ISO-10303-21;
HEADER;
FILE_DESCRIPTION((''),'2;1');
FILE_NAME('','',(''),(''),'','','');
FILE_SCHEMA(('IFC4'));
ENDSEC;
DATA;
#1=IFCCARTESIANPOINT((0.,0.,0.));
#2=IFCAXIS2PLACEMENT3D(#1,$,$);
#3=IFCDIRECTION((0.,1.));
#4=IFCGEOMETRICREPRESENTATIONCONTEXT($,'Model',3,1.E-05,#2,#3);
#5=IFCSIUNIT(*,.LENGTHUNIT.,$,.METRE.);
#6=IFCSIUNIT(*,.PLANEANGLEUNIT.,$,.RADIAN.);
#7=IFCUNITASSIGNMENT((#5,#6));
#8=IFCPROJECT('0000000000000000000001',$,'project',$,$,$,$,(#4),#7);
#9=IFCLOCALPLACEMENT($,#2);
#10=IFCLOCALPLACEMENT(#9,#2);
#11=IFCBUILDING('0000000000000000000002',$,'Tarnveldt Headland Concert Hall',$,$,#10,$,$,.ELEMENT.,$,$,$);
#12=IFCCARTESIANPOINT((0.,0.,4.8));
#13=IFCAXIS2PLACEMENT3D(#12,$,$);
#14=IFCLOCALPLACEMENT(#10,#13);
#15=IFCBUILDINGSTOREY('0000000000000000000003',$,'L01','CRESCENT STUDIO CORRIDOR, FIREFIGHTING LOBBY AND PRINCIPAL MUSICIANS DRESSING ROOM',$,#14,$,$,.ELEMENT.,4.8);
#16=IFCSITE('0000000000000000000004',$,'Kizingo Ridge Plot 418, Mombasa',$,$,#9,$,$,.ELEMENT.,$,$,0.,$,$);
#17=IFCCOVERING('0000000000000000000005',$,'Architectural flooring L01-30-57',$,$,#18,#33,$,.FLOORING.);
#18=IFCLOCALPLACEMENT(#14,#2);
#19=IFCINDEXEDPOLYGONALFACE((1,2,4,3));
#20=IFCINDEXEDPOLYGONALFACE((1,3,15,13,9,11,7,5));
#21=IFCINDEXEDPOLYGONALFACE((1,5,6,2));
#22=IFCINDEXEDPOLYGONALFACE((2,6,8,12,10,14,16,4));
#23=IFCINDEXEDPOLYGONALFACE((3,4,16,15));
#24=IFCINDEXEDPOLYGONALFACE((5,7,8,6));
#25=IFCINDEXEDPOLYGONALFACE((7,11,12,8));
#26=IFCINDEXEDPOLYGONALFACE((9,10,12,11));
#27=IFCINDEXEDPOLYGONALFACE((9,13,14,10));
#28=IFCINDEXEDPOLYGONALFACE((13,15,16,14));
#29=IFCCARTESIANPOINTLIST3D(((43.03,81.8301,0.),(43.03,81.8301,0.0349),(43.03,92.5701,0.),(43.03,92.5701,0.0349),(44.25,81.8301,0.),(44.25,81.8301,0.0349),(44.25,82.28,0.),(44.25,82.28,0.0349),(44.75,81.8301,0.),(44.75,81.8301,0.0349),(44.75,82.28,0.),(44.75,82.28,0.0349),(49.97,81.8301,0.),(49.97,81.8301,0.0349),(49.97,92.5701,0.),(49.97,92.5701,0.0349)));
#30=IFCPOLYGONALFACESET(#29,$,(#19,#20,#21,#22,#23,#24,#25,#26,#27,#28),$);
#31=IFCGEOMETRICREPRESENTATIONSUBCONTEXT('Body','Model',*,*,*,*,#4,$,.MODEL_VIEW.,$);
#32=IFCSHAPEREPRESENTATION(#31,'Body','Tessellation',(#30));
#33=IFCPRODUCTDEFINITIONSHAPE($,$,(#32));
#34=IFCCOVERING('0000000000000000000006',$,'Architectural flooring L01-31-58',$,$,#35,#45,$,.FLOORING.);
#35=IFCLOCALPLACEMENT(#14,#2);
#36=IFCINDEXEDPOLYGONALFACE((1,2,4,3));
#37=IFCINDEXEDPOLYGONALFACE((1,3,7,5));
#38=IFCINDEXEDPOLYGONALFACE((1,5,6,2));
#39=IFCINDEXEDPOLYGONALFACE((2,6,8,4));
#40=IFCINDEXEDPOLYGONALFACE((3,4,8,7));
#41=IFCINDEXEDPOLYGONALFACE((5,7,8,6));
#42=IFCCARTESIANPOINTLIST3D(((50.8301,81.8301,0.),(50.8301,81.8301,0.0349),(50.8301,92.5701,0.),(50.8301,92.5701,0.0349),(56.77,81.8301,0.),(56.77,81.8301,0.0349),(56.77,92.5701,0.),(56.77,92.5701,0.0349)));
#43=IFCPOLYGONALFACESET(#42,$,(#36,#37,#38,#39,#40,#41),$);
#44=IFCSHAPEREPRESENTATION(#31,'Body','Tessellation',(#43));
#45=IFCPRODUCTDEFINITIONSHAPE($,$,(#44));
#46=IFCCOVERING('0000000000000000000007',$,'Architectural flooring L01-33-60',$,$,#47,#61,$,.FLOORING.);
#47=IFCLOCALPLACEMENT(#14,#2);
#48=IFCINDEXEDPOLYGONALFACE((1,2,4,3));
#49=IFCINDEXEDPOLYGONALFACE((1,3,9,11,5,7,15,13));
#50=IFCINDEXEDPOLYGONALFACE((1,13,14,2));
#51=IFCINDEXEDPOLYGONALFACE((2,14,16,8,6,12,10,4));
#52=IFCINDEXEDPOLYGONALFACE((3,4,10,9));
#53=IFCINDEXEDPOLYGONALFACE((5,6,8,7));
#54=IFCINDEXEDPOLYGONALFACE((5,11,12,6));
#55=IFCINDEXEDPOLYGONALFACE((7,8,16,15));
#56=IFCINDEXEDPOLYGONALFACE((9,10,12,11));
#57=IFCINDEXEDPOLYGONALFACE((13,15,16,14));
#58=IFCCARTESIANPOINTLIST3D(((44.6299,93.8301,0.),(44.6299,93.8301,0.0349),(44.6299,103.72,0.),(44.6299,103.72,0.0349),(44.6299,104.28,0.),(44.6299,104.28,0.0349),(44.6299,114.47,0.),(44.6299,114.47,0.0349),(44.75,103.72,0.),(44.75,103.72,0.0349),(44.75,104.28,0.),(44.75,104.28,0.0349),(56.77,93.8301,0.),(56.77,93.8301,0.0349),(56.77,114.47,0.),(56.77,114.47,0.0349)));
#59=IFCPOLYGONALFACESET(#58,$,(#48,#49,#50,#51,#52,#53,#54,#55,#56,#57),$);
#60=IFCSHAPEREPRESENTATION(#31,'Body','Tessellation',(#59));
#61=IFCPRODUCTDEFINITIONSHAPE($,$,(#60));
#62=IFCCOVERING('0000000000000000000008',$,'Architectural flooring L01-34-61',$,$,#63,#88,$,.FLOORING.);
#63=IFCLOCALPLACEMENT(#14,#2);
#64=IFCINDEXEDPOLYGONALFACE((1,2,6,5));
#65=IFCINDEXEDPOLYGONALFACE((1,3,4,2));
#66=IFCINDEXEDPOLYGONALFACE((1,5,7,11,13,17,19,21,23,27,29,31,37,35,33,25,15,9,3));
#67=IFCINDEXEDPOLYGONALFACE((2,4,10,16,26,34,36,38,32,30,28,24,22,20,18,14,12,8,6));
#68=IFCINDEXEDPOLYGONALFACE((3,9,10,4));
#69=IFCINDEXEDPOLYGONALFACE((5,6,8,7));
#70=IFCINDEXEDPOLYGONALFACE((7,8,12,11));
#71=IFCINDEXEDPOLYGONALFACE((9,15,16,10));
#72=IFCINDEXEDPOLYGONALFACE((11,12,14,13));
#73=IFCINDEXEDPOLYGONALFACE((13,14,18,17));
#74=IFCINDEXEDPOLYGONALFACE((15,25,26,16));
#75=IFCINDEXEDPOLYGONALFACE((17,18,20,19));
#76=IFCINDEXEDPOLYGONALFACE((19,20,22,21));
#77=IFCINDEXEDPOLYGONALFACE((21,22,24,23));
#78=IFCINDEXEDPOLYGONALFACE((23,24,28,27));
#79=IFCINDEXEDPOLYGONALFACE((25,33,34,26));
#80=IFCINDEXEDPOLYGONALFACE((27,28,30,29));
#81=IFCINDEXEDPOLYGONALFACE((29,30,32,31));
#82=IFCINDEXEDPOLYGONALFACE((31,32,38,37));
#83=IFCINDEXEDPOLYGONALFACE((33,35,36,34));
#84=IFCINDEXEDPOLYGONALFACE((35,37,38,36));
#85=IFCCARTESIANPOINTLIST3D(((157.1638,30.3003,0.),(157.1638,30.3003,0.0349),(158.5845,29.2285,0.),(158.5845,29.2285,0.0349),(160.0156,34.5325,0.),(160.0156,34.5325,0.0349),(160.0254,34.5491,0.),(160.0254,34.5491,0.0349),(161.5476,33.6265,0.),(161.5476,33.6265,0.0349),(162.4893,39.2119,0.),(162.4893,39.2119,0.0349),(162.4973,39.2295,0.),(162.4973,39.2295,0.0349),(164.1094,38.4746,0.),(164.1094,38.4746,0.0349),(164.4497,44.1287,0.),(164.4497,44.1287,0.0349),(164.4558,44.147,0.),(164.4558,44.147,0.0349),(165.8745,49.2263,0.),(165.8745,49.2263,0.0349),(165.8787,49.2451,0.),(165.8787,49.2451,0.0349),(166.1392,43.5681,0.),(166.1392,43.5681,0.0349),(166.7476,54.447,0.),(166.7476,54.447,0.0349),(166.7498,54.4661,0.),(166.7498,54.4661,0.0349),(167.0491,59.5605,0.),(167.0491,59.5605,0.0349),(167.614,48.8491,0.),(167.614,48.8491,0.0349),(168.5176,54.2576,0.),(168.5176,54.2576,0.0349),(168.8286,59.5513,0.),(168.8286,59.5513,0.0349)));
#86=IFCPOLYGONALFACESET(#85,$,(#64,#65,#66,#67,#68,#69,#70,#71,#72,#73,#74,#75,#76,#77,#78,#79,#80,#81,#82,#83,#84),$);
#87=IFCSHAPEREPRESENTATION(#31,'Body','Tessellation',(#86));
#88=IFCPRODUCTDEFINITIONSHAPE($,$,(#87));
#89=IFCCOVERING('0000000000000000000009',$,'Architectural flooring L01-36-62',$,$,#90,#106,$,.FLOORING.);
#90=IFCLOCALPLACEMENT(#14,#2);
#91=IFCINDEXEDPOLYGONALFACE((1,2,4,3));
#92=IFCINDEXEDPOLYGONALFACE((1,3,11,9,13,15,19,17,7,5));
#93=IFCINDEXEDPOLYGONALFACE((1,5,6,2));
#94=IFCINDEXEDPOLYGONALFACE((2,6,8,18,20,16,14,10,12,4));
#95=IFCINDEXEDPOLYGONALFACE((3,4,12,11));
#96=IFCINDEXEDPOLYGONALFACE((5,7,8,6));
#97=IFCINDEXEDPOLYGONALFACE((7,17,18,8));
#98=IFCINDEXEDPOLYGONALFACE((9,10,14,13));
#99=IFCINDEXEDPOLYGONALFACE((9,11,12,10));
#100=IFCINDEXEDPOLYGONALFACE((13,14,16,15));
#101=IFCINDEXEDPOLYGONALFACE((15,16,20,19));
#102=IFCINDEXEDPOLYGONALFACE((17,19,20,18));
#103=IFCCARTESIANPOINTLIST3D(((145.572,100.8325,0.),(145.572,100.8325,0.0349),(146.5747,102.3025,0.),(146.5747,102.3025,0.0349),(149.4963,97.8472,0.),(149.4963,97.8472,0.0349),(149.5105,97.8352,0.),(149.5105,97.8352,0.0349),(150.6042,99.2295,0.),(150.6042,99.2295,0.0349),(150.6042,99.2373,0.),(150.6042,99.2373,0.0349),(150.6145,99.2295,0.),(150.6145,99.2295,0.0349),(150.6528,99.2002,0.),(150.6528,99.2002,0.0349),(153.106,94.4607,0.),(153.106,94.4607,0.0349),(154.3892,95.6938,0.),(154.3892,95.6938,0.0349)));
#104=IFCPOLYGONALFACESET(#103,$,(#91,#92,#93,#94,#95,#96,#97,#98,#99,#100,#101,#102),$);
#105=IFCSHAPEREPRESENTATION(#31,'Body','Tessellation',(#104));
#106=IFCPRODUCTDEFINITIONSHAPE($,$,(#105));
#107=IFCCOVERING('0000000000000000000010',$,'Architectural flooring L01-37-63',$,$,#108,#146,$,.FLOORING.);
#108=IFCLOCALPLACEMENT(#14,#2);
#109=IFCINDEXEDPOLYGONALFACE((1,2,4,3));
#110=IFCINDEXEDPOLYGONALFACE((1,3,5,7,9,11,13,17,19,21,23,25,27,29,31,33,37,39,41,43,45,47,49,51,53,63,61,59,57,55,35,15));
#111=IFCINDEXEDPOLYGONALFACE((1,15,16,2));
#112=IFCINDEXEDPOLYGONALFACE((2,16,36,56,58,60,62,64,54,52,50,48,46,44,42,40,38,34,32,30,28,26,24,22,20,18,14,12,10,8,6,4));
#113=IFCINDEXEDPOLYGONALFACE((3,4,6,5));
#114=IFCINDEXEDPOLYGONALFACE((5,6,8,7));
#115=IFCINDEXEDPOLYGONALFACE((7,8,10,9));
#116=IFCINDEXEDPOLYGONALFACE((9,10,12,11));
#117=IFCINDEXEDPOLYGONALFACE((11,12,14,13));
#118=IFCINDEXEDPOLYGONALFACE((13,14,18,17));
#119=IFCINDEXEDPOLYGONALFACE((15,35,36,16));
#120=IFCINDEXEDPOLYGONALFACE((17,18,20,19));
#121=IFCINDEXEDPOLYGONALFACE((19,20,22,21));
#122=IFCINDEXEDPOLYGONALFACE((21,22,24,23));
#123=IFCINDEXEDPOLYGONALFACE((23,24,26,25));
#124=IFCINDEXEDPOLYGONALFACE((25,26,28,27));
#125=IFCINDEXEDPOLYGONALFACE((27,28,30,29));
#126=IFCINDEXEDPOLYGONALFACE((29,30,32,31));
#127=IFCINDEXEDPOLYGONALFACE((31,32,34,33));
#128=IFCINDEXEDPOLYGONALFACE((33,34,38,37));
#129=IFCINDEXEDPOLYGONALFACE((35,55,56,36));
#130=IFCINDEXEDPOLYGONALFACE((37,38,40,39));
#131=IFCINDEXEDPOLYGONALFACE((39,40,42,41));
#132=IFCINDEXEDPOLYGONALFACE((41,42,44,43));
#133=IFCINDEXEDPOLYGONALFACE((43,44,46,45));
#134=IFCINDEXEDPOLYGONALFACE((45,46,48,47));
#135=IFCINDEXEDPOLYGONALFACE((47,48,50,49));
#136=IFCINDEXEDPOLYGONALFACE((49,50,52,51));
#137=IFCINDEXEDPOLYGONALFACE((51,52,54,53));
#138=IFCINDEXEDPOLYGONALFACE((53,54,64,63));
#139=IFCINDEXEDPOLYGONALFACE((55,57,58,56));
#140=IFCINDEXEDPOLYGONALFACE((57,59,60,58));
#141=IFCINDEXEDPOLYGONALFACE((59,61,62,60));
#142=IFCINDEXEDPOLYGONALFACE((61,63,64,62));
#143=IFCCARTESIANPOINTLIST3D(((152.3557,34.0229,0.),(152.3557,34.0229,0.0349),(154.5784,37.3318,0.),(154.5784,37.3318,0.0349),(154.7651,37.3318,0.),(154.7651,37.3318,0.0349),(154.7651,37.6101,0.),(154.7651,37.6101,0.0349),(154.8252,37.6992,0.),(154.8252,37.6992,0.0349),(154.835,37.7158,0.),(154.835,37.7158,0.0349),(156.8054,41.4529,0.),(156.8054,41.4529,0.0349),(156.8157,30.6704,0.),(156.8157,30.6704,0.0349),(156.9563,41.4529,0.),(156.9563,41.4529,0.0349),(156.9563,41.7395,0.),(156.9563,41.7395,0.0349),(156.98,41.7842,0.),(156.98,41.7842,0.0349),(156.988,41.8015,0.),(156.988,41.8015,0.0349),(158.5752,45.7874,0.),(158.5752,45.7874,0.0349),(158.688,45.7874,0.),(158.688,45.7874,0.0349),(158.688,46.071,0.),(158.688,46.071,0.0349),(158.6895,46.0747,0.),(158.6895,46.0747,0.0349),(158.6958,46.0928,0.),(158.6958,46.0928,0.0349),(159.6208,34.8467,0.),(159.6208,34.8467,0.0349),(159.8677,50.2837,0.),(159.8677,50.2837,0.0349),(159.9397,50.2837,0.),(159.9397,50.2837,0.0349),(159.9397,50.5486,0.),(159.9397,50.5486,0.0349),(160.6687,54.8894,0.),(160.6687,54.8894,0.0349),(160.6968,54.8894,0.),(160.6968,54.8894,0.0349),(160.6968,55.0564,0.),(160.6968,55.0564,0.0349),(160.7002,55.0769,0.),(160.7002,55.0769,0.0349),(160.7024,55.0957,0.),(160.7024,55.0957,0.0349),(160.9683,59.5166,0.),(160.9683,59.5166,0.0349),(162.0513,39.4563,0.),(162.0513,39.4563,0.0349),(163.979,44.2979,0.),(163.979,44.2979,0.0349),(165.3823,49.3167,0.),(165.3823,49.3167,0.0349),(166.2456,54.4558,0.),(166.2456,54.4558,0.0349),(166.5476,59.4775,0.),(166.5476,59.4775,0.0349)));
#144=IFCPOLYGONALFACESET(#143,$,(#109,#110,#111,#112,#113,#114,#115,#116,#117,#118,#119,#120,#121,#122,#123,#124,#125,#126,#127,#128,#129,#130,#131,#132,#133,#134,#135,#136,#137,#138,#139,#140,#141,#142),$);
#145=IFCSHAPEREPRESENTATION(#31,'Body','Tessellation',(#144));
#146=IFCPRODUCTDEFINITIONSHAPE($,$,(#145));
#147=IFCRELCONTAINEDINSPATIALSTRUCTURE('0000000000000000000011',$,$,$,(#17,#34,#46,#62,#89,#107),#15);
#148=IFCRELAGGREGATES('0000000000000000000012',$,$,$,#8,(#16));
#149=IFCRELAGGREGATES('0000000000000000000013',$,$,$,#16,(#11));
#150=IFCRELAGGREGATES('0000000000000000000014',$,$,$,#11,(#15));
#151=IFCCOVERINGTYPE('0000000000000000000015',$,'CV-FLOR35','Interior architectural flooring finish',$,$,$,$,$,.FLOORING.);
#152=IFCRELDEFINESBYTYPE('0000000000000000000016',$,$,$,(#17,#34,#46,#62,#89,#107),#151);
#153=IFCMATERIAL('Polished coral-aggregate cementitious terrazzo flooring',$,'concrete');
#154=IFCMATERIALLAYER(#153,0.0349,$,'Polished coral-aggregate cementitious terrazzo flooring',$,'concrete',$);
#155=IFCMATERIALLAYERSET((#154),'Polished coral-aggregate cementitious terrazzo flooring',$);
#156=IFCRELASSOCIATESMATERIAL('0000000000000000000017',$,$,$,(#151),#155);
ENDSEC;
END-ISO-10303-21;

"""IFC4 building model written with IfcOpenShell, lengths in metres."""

from ifc_helpers import new_model, si_unit, direction, frame, origin, place, context, subcontext, project, spatial, polyline, outline, extrude, material, layer, layer_set, type_object, element, save


model = new_model("IFC4")

# Units and contexts
model_context = context("Model", 3, precision=1e-05, world=origin(), true_north=direction((0.0, 1.0)))
body_context = subcontext(model_context, "Body", "Model", "MODEL_VIEW")
ifc_project = project(units=[si_unit("LENGTHUNIT", "METRE"), si_unit("PLANEANGLEUNIT", "RADIAN")], contexts=[model_context])

# Site, building, storey
site_placement = place(None, origin())
site = spatial("IfcSite", under=ifc_project, at=site_placement, Name="Kizingo Ridge Plot 418, Mombasa", CompositionType="ELEMENT", RefElevation=0.0)
building_placement = place(site_placement, origin())
building = spatial("IfcBuilding", under=site, at=building_placement, Name="Tarnveldt Headland Concert Hall", CompositionType="ELEMENT")
storey_placement = place(building_placement, frame((0.0, 0.0, 4.8)))
storey = spatial("IfcBuildingStorey", under=building, at=storey_placement, Name="L01", Description="CRESCENT STUDIO CORRIDOR, FIREFIGHTING LOBBY AND PRINCIPAL MUSICIANS DRESSING ROOM", CompositionType="ELEMENT", Elevation=4.8)

# Coverings
ifc_material_1 = material(Name="Polished coral-aggregate cementitious terrazzo flooring", Category="concrete")
ifc_layer_1 = layer(ifc_material_1, 0.0349, Name="Polished coral-aggregate cementitious terrazzo flooring", Category="concrete")
ifc_layer_set_1 = layer_set([ifc_layer_1], Name="Polished coral-aggregate cementitious terrazzo flooring")
covering_type_1 = type_object("IfcCoveringType", Name="CV-FLOR35", Description="Interior architectural flooring finish", PredefinedType="FLOORING", material=ifc_layer_set_1)
covering_1_placement = place(storey_placement, origin())
element("IfcCovering", 1, at=covering_1_placement, inside=storey, type_object=covering_type_1, Name="Architectural flooring L01-30-57", PredefinedType="FLOORING", context=body_context, shape_type="SweptSolid", body=[
    extrude(outline(polyline([(49.97, 92.5701), (49.97, 81.8301), (44.75, 81.8301), (44.75, 82.28), (44.25, 82.28), (44.25, 81.8301), (43.03, 81.8301), (43.03, 92.5701), (49.97, 92.5701)])), origin(), (0.0, 0.0, 1.0), 0.0349),
])
covering_2_placement = place(storey_placement, origin())
element("IfcCovering", 2, at=covering_2_placement, inside=storey, type_object=covering_type_1, Name="Architectural flooring L01-31-58", PredefinedType="FLOORING", context=body_context, shape_type="SweptSolid", body=[
    extrude(outline(polyline([(50.8301, 92.5701), (56.77, 92.5701), (56.77, 81.8301), (50.8301, 81.8301), (50.8301, 92.5701)])), origin(), (0.0, 0.0, 1.0), 0.0349),
])
covering_3_placement = place(storey_placement, origin())
element("IfcCovering", 3, at=covering_3_placement, inside=storey, type_object=covering_type_1, Name="Architectural flooring L01-33-60", PredefinedType="FLOORING", context=body_context, shape_type="SweptSolid", body=[
    extrude(outline(polyline([(44.75, 103.72), (44.75, 104.28), (44.6299, 104.28), (44.6299, 114.47), (56.77, 114.47), (56.77, 93.8301), (44.6299, 93.8301), (44.6299, 103.72), (44.75, 103.72)])), origin(), (0.0, 0.0, 1.0), 0.0349),
])
covering_4_placement = place(storey_placement, origin())
element("IfcCovering", 4, at=covering_4_placement, inside=storey, type_object=covering_type_1, Name="Architectural flooring L01-34-61", PredefinedType="FLOORING", context=body_context, shape_type="SweptSolid", body=[
    extrude(outline(polyline([(157.1638, 30.3003), (160.0156, 34.5325), (160.0254, 34.5491), (162.4893, 39.2119), (162.4973, 39.2295), (164.4497, 44.1287), (164.4558, 44.147), (165.8745, 49.2263), (165.8787, 49.2451), (166.7476, 54.447), (166.7498, 54.4661), (167.0491, 59.5605), (168.8286, 59.5513), (168.5176, 54.2576), (167.614, 48.8491), (166.1392, 43.5681), (164.1094, 38.4746), (161.5476, 33.6265), (158.5845, 29.2285), (157.1638, 30.3003)])), origin(), (0.0, 0.0, 1.0), 0.0349),
])
covering_5_placement = place(storey_placement, origin())
element("IfcCovering", 5, at=covering_5_placement, inside=storey, type_object=covering_type_1, Name="Architectural flooring L01-36-62", PredefinedType="FLOORING", context=body_context, shape_type="SweptSolid", body=[
    extrude(outline(polyline([(149.5105, 97.8352), (149.4963, 97.8472), (145.572, 100.8325), (146.5747, 102.3025), (150.6042, 99.2373), (150.6042, 99.2295), (150.6145, 99.2295), (150.6528, 99.2002), (154.3892, 95.6938), (153.106, 94.4607), (149.5105, 97.8352)])), origin(), (0.0, 0.0, 1.0), 0.0349),
])
covering_6_placement = place(storey_placement, origin())
element("IfcCovering", 6, at=covering_6_placement, inside=storey, type_object=covering_type_1, Name="Architectural flooring L01-37-63", PredefinedType="FLOORING", context=body_context, shape_type="SweptSolid", body=[
    extrude(outline(polyline([(154.835, 37.7158), (156.8054, 41.4529), (156.9563, 41.4529), (156.9563, 41.7395), (156.98, 41.7842), (156.988, 41.8015), (158.5752, 45.7874), (158.688, 45.7874), (158.688, 46.071), (158.6895, 46.0747), (158.6958, 46.0928), (159.8677, 50.2837), (159.9397, 50.2837), (159.9397, 50.5486), (160.6687, 54.8894), (160.6968, 54.8894), (160.6968, 55.0564), (160.7002, 55.0769), (160.7024, 55.0957), (160.9683, 59.5166), (166.5476, 59.4775), (166.2456, 54.4558), (165.3823, 49.3167), (163.979, 44.2979), (162.0513, 39.4563), (159.6208, 34.8467), (156.8157, 30.6704), (152.3557, 34.0229), (154.5784, 37.3318), (154.7651, 37.3318), (154.7651, 37.6101), (154.8252, 37.6992), (154.835, 37.7158)])), origin(), (0.0, 0.0, 1.0), 0.0349),
])

save(model, "model.ifc")
